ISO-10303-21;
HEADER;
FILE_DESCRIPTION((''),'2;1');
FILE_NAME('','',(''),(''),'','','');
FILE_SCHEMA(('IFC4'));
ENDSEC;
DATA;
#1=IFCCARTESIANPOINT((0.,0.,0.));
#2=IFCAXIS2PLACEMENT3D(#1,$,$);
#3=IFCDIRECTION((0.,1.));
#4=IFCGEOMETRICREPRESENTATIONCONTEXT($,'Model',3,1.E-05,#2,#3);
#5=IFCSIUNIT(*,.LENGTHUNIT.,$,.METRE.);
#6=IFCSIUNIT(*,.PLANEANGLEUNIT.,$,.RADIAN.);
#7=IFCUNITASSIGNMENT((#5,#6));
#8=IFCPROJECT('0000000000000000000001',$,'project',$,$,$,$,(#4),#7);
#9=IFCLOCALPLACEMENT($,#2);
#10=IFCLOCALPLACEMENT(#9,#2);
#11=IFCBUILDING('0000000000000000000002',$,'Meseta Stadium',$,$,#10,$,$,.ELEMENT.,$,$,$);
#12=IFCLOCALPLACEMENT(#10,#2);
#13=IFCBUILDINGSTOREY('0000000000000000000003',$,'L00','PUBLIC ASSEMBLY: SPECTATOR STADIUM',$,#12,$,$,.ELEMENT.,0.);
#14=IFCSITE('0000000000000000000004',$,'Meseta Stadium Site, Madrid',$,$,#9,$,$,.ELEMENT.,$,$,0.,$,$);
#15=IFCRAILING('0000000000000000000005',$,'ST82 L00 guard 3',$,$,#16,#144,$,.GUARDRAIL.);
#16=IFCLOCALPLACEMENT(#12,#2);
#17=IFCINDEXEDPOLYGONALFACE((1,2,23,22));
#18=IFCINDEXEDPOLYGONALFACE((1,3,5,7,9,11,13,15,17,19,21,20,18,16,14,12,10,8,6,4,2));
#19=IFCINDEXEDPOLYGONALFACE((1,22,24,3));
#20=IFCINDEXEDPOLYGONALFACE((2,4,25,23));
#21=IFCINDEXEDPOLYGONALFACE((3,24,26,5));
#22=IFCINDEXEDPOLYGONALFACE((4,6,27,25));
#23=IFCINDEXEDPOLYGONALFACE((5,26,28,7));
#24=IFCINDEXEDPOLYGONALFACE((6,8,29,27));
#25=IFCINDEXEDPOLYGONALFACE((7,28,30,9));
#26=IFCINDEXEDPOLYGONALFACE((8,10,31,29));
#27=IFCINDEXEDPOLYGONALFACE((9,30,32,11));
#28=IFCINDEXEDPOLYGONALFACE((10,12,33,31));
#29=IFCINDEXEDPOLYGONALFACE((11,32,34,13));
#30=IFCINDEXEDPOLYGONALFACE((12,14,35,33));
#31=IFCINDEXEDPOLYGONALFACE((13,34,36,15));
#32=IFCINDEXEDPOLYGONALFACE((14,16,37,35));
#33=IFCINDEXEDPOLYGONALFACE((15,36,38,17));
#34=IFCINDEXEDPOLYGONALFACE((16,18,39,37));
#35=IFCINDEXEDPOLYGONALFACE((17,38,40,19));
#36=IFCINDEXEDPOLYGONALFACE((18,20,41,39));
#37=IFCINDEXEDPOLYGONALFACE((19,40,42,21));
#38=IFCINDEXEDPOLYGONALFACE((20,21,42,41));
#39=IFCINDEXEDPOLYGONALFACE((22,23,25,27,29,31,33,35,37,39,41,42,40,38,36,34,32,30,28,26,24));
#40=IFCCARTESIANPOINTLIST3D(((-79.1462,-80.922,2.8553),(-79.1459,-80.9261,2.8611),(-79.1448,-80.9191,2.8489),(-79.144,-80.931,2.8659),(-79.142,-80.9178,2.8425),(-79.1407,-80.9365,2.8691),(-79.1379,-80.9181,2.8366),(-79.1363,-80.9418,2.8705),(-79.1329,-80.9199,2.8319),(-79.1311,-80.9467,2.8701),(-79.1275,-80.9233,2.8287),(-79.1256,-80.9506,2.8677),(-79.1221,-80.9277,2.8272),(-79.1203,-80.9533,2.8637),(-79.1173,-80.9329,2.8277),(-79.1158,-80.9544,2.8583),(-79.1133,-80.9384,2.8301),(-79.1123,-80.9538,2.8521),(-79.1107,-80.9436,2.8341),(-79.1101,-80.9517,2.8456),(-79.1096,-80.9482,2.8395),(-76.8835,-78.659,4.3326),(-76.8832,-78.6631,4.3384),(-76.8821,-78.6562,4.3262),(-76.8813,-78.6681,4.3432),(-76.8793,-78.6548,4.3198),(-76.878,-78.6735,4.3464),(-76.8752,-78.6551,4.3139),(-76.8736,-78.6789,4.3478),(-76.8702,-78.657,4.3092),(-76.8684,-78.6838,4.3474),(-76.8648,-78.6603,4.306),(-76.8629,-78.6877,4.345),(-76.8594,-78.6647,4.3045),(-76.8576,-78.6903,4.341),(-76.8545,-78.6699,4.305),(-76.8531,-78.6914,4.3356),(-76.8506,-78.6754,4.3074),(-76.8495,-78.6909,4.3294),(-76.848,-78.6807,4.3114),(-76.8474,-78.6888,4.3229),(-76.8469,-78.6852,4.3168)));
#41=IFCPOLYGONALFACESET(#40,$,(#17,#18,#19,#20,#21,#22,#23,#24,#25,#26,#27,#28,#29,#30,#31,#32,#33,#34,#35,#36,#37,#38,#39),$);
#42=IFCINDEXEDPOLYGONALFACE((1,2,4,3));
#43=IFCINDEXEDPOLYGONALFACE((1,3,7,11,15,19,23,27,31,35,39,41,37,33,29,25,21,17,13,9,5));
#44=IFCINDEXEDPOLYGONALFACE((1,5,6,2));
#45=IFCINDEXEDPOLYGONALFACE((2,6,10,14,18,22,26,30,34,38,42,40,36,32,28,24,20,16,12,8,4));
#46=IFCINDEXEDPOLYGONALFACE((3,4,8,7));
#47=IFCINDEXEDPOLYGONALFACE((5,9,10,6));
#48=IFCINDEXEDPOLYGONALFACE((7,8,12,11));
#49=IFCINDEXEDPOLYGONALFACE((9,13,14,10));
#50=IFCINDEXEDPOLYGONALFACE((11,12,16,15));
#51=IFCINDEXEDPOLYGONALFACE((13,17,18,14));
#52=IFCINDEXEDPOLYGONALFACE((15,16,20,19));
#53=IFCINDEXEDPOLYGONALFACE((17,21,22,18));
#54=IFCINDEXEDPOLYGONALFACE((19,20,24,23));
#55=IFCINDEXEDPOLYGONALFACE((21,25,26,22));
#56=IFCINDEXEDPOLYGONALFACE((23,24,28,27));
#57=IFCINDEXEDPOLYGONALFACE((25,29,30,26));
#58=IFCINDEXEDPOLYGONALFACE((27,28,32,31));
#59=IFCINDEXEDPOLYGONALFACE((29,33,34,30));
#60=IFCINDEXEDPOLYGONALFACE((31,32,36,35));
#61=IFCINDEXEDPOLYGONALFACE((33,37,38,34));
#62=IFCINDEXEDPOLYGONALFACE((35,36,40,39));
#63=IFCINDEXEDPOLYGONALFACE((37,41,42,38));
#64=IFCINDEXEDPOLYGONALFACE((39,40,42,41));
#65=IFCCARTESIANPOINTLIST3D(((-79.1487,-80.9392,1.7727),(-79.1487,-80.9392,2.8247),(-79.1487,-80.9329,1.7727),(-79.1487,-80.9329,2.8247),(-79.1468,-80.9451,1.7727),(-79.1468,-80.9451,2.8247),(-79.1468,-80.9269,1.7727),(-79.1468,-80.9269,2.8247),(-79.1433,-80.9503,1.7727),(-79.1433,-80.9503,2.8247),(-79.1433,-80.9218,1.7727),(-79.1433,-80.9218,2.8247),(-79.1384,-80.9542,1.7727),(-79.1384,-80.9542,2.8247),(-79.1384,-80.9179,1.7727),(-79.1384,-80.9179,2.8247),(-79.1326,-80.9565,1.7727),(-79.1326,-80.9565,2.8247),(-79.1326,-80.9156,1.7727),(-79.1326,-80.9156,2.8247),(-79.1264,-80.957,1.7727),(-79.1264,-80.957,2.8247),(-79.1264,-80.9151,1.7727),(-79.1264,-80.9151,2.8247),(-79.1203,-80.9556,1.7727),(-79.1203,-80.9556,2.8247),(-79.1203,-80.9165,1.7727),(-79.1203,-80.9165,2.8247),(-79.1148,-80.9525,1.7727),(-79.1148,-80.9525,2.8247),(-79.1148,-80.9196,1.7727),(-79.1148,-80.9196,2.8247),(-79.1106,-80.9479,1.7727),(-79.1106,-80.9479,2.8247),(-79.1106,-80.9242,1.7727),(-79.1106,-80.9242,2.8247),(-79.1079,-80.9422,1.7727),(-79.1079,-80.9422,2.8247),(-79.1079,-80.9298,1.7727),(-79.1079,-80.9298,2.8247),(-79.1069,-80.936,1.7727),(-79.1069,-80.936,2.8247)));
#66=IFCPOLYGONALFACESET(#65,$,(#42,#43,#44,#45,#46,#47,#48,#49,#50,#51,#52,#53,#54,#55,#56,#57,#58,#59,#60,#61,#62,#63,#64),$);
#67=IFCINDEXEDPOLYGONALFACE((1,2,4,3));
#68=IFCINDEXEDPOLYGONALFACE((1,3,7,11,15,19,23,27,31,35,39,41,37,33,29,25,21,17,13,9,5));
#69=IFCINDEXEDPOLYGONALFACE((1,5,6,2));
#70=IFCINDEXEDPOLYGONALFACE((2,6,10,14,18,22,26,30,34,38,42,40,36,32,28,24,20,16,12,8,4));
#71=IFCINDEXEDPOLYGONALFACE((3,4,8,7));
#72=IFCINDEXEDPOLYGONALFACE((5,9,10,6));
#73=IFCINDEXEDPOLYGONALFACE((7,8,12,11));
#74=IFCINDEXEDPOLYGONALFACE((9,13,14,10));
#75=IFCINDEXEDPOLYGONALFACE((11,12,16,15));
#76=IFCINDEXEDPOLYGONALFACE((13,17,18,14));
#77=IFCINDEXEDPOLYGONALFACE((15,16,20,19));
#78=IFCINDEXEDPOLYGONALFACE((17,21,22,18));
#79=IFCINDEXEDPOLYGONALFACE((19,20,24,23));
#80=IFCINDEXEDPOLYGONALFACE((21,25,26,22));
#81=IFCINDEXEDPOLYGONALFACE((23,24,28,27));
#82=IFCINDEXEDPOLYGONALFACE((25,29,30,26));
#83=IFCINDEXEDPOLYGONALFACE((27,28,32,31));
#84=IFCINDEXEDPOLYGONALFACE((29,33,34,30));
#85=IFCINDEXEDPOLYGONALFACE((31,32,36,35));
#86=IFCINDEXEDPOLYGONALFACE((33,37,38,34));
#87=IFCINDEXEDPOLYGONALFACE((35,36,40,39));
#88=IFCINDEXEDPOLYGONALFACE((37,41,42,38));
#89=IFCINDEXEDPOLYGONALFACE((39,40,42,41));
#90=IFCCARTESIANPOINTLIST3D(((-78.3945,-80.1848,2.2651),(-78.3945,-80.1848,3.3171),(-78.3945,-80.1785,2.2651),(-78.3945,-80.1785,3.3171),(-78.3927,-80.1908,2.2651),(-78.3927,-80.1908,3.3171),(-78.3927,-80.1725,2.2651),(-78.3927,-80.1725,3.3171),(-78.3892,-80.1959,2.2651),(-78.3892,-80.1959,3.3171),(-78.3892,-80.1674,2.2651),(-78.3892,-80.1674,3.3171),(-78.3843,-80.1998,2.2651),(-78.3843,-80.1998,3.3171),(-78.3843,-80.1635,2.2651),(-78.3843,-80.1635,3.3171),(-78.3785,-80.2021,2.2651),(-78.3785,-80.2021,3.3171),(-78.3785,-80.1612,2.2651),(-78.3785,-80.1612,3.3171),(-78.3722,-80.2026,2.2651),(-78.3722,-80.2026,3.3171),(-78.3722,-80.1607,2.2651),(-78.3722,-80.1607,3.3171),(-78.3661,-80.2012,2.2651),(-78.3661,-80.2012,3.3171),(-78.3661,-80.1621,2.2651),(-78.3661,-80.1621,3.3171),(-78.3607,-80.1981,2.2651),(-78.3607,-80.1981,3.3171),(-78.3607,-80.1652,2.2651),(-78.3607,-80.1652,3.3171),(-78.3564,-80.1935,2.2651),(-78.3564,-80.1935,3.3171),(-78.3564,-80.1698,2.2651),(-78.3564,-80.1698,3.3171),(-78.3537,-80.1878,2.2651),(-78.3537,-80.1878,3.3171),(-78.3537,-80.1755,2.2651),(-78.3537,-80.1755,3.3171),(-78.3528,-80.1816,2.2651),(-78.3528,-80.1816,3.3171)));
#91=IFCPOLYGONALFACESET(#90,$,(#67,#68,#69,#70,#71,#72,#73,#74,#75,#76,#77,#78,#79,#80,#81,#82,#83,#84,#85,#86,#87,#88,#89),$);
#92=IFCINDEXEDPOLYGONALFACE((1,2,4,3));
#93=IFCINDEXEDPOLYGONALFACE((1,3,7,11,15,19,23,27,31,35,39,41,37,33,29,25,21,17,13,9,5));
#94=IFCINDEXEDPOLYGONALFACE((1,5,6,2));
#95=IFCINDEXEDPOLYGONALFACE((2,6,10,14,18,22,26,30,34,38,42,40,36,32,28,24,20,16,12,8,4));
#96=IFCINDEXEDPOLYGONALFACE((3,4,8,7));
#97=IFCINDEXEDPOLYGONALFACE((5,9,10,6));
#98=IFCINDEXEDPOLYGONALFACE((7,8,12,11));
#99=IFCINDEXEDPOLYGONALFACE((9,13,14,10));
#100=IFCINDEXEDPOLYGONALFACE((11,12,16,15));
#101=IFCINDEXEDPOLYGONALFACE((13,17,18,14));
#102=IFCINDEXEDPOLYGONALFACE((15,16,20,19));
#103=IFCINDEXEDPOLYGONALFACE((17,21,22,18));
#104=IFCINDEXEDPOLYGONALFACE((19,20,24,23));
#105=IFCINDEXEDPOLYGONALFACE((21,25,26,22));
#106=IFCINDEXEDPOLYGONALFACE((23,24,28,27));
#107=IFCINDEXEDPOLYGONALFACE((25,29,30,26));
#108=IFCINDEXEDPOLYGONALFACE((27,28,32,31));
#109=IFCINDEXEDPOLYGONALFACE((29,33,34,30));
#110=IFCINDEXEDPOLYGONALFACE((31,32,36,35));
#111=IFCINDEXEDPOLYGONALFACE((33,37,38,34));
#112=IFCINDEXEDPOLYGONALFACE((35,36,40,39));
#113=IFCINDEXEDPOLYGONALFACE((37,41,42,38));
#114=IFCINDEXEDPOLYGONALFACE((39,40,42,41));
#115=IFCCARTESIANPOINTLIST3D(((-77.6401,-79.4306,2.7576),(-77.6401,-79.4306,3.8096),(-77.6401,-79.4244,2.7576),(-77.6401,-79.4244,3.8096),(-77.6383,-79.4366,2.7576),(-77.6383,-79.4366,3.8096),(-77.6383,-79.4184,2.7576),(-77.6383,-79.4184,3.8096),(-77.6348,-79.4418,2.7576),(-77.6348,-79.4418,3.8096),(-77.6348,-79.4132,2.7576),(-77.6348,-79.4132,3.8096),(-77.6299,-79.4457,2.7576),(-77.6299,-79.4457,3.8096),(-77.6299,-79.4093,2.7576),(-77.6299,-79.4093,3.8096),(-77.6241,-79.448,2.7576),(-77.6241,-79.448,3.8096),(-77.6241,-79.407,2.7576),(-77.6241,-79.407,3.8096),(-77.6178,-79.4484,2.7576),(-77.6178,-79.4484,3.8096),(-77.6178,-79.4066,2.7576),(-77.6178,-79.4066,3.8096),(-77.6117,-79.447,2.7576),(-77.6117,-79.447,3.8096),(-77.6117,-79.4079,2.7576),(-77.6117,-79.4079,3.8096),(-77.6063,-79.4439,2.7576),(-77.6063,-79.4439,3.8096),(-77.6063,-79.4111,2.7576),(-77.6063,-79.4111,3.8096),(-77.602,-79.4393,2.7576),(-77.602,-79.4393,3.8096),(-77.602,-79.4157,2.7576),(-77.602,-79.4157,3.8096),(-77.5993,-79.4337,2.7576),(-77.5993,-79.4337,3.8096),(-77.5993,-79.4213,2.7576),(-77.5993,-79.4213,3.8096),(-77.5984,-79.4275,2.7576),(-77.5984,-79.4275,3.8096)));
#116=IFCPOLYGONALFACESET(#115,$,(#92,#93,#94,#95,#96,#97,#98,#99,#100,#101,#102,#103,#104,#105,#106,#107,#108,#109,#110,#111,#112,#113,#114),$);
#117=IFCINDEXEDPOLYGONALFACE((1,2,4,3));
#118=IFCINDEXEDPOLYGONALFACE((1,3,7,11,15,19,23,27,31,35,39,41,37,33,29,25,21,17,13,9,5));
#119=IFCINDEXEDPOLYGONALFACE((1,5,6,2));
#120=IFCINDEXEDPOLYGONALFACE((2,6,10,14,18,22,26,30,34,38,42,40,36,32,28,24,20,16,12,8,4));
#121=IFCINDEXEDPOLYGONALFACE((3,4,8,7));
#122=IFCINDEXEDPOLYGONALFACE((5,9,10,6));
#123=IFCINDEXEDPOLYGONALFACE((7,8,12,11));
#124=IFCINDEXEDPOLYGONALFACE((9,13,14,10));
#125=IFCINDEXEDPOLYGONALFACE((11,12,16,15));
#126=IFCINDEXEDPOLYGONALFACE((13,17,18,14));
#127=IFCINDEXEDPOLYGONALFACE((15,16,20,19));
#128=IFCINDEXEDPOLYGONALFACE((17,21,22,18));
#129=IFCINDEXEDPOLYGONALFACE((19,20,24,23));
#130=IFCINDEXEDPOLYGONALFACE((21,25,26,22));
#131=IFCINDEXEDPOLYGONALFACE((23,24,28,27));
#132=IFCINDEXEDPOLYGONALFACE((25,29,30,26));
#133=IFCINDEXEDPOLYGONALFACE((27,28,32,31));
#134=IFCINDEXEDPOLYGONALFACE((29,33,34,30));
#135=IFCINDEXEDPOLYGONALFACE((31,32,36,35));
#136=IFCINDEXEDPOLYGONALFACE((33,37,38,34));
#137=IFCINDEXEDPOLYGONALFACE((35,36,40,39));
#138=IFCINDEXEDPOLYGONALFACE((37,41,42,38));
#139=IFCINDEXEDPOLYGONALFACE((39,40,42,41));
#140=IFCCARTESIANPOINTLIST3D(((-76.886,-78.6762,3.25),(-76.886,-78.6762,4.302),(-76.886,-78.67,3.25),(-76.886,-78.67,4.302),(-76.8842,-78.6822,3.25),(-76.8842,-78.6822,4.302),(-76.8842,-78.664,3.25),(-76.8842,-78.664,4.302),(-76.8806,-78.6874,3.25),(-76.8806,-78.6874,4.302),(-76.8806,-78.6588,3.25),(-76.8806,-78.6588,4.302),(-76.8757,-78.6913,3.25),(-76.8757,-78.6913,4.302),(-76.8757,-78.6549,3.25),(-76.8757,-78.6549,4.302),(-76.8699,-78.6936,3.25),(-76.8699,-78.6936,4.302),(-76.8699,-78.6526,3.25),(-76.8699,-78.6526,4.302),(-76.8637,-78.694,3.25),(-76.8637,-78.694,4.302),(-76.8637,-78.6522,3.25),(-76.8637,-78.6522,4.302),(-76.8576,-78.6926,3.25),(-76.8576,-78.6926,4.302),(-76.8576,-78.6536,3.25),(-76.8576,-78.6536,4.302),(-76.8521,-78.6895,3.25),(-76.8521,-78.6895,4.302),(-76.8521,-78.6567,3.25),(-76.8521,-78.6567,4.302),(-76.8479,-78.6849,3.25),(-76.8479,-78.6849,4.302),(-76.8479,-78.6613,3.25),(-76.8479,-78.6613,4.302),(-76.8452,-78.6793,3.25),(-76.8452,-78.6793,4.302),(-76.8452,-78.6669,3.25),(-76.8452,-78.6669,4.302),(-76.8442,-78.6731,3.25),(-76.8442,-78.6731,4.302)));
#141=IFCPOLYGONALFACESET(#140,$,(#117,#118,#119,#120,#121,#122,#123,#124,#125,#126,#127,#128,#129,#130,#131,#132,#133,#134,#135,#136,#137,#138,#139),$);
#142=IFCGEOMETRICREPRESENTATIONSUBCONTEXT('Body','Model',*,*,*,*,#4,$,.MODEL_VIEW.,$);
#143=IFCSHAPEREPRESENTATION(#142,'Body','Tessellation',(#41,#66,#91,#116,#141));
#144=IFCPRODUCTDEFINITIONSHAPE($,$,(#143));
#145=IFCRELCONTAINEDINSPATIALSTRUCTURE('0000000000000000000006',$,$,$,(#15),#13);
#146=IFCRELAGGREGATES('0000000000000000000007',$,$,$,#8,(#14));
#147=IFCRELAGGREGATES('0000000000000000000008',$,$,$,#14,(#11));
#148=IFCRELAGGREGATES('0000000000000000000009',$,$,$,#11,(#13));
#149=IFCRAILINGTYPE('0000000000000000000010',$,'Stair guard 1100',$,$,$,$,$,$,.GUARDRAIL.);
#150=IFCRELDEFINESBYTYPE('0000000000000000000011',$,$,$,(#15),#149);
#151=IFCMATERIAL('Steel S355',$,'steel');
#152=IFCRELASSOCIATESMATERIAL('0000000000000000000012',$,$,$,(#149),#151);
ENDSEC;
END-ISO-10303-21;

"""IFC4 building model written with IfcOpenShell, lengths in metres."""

from ifc_helpers import new_model, si_unit, direction, frame, origin, origin_2d, place, context, subcontext, project, spatial, circle, extrude, material, type_object, element, save


model = new_model("IFC4")

# Units and contexts
model_context = context("Model", 3, precision=1e-05, world=origin(), true_north=direction((0.0, 1.0)))
body_context = subcontext(model_context, "Body", "Model", "MODEL_VIEW")
ifc_project = project(units=[si_unit("LENGTHUNIT", "METRE"), si_unit("PLANEANGLEUNIT", "RADIAN")], contexts=[model_context])

# Site, building, storey
site_placement = place(None, origin())
site = spatial("IfcSite", under=ifc_project, at=site_placement, Name="Meseta Stadium Site, Madrid", CompositionType="ELEMENT", RefElevation=0.0)
building_placement = place(site_placement, origin())
building = spatial("IfcBuilding", under=site, at=building_placement, Name="Meseta Stadium", CompositionType="ELEMENT")
storey_placement = place(building_placement, origin())
storey = spatial("IfcBuildingStorey", under=building, at=storey_placement, Name="L00", Description="PUBLIC ASSEMBLY: SPECTATOR STADIUM", CompositionType="ELEMENT", Elevation=0.0)

# Railing
ifc_material_1 = material(Name="Steel S355", Category="steel")
railing_type_1 = type_object("IfcRailingType", Name="Stair guard 1100", PredefinedType="GUARDRAIL", material=ifc_material_1)
railing_1_placement = place(storey_placement, frame((-79.1279, -80.936, 1.7727)))
element("IfcRailing", 1, at=railing_1_placement, inside=storey, type_object=railing_type_1, Name="ST82 L00 guard 3", PredefinedType="GUARDRAIL", context=body_context, shape_type="SweptSolid", body=[
    extrude(circle(Radius=0.0239, at=origin_2d()), frame((0.0, 0.0, 1.0762), z_axis=(0.641965, 0.642034, 0.419134), x_axis=(-0.707145, 0.707069, 0.0)), (0.0, 0.0, 1.0), 3.5247),
    extrude(circle(Radius=0.021, at=origin_2d()), origin(), (0.0, 0.0, 1.0), 1.052),
    extrude(circle(Radius=0.021, at=origin_2d()), frame((0.7542, 0.7544, 0.4924)), (0.0, 0.0, 1.0), 1.052),
    extrude(circle(Radius=0.021, at=origin_2d()), frame((1.5085, 1.5085, 0.9849)), (0.0, 0.0, 1.0), 1.052),
    extrude(circle(Radius=0.021, at=origin_2d()), frame((2.2627, 2.2629, 1.4773)), (0.0, 0.0, 1.0), 1.052),
])

save(model, "model.ifc")
